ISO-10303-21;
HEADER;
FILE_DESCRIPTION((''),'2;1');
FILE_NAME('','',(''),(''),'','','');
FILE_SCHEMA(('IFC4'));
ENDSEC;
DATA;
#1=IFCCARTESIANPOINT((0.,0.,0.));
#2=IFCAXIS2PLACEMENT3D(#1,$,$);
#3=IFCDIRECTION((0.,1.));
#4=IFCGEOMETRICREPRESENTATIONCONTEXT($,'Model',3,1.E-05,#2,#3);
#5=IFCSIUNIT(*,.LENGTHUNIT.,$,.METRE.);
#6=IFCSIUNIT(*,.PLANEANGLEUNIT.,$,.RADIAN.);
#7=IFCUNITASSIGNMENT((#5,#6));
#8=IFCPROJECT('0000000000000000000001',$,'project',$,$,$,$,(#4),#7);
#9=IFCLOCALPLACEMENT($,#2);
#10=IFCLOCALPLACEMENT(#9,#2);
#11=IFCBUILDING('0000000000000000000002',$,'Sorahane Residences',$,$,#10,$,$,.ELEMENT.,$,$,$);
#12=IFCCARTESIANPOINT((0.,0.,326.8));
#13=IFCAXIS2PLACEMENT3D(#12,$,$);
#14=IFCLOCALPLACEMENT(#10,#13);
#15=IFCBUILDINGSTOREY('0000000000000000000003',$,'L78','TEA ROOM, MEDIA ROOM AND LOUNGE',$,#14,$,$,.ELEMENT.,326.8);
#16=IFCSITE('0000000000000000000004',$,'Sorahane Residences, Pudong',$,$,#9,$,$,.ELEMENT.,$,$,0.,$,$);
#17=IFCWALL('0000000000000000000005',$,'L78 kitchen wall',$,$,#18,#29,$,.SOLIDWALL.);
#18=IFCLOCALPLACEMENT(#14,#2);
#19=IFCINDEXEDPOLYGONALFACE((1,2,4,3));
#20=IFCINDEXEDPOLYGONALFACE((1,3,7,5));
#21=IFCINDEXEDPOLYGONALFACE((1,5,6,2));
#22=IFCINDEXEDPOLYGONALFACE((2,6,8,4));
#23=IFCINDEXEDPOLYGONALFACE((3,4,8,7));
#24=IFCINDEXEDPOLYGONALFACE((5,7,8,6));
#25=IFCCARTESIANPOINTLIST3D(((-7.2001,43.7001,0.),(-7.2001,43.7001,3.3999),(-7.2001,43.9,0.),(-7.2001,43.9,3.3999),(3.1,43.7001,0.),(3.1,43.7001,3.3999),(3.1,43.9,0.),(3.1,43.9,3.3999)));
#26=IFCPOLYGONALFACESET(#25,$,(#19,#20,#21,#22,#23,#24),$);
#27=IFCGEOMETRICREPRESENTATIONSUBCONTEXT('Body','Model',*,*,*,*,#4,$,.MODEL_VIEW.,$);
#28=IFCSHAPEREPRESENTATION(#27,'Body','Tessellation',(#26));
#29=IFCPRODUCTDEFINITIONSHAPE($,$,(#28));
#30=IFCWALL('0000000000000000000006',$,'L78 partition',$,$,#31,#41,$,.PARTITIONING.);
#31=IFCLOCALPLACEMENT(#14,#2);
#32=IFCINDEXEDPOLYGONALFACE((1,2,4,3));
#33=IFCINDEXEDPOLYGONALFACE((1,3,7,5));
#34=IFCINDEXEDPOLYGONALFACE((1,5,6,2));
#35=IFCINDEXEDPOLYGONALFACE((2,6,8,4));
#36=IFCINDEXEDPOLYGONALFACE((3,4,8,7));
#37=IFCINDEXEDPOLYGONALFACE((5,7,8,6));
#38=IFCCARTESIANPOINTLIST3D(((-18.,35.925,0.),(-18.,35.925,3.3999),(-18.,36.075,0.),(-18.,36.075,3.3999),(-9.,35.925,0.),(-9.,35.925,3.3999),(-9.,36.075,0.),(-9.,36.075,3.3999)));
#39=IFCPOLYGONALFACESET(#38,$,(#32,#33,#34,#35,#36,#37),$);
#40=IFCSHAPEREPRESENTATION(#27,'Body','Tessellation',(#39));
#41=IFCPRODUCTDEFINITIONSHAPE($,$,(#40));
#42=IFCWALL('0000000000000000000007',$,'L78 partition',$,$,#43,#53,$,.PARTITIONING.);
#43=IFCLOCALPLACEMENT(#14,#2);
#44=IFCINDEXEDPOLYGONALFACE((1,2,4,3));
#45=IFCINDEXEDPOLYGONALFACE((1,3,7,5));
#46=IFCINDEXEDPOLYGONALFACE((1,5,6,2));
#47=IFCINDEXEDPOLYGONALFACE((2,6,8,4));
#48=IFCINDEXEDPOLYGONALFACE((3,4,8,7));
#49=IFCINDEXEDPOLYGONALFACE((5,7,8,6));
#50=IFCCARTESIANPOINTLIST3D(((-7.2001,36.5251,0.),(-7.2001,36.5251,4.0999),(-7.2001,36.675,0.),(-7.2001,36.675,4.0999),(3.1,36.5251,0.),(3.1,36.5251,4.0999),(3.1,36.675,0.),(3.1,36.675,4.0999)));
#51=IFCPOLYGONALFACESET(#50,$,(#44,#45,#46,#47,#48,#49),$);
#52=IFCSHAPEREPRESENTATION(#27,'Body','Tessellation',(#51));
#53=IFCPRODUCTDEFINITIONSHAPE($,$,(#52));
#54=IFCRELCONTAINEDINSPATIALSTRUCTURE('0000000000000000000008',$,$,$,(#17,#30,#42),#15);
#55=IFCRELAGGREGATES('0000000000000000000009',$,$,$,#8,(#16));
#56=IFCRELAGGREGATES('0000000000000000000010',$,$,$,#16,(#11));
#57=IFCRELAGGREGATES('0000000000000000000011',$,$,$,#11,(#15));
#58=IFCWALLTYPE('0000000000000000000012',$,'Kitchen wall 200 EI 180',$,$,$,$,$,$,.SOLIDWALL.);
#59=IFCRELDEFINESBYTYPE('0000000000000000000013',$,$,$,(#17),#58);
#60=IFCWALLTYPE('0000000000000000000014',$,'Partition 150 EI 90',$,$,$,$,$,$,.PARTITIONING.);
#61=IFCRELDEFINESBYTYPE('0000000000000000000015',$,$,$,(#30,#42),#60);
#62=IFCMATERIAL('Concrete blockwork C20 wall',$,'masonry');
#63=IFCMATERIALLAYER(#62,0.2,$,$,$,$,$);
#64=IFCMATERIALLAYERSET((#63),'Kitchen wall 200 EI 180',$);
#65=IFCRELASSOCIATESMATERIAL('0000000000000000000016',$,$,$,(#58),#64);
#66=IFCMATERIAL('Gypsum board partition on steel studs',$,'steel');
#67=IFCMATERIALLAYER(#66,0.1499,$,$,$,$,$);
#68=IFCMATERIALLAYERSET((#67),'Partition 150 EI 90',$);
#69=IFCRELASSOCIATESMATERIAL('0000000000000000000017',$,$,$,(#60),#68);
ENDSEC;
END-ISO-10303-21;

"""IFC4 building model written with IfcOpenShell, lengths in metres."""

from ifc_helpers import new_model, si_unit, direction, frame, frame_2d, origin, place, context, subcontext, project, spatial, rectangle, extrude, material, layer, layer_set, type_object, element, save


model = new_model("IFC4")

# Units and contexts
model_context = context("Model", 3, precision=1e-05, world=origin(), true_north=direction((0.0, 1.0)))
body_context = subcontext(model_context, "Body", "Model", "MODEL_VIEW")
ifc_project = project(units=[si_unit("LENGTHUNIT", "METRE"), si_unit("PLANEANGLEUNIT", "RADIAN")], contexts=[model_context])

# Site, building, storey
site_placement = place(None, origin())
site = spatial("IfcSite", under=ifc_project, at=site_placement, Name="Sorahane Residences, Pudong", CompositionType="ELEMENT", RefElevation=0.0)
building_placement = place(site_placement, origin())
building = spatial("IfcBuilding", under=site, at=building_placement, Name="Sorahane Residences", CompositionType="ELEMENT")
storey_placement = place(building_placement, frame((0.0, 0.0, 326.8)))
storey = spatial("IfcBuildingStorey", under=building, at=storey_placement, Name="L78", Description="TEA ROOM, MEDIA ROOM AND LOUNGE", CompositionType="ELEMENT", Elevation=326.8)

# Shared definitions
ifc_material_1 = material(Name="Concrete blockwork C20 wall", Category="masonry")
ifc_layer_1 = layer(ifc_material_1, 0.2)
ifc_layer_set_1 = layer_set([ifc_layer_1], Name="Kitchen wall 200 EI 180")
wall_type_1 = type_object("IfcWallType", Name="Kitchen wall 200 EI 180", PredefinedType="SOLIDWALL", material=ifc_layer_set_1)

# Walls
wall_1_placement = place(storey_placement, frame((-7.2, 43.8, 0.0), z_axis=(0.0, 0.0, 1.0), x_axis=(1.0, 0.0, 0.0)))
element("IfcWall", 1, at=wall_1_placement, inside=storey, type_object=wall_type_1, Name="L78 kitchen wall", PredefinedType="SOLIDWALL", context=body_context, shape_type="SweptSolid", body=[
    extrude(rectangle(XDim=10.3, YDim=0.2, at=frame_2d((5.1499, 0.0))), origin(), (0.0, 0.0, 1.0), 3.3999),
])
ifc_material_2 = material(Name="Gypsum board partition on steel studs", Category="steel")
ifc_layer_2 = layer(ifc_material_2, 0.1499)
ifc_layer_set_2 = layer_set([ifc_layer_2], Name="Partition 150 EI 90")
wall_type_2 = type_object("IfcWallType", Name="Partition 150 EI 90", PredefinedType="PARTITIONING", material=ifc_layer_set_2)
wall_2_placement = place(storey_placement, frame((-18.0, 36.0, 0.0), z_axis=(0.0, 0.0, 1.0), x_axis=(1.0, 0.0, 0.0)))
element("IfcWall", 2, at=wall_2_placement, inside=storey, type_object=wall_type_2, Name="L78 partition", PredefinedType="PARTITIONING", context=body_context, shape_type="SweptSolid", body=[
    extrude(rectangle(XDim=9.0, YDim=0.1499, at=frame_2d((4.5, 0.0))), origin(), (0.0, 0.0, 1.0), 3.3999),
])
wall_3_placement = place(storey_placement, frame((-7.2, 36.6001, 0.0), z_axis=(0.0, 0.0, 1.0), x_axis=(1.0, 0.0, 0.0)))
element("IfcWall", 3, at=wall_3_placement, inside=storey, type_object=wall_type_2, Name="L78 partition", PredefinedType="PARTITIONING", context=body_context, shape_type="SweptSolid", body=[
    extrude(rectangle(XDim=10.3, YDim=0.1499, at=frame_2d((5.1499, 0.0))), origin(), (0.0, 0.0, 1.0), 4.0999),
])

save(model, "model.ifc")
